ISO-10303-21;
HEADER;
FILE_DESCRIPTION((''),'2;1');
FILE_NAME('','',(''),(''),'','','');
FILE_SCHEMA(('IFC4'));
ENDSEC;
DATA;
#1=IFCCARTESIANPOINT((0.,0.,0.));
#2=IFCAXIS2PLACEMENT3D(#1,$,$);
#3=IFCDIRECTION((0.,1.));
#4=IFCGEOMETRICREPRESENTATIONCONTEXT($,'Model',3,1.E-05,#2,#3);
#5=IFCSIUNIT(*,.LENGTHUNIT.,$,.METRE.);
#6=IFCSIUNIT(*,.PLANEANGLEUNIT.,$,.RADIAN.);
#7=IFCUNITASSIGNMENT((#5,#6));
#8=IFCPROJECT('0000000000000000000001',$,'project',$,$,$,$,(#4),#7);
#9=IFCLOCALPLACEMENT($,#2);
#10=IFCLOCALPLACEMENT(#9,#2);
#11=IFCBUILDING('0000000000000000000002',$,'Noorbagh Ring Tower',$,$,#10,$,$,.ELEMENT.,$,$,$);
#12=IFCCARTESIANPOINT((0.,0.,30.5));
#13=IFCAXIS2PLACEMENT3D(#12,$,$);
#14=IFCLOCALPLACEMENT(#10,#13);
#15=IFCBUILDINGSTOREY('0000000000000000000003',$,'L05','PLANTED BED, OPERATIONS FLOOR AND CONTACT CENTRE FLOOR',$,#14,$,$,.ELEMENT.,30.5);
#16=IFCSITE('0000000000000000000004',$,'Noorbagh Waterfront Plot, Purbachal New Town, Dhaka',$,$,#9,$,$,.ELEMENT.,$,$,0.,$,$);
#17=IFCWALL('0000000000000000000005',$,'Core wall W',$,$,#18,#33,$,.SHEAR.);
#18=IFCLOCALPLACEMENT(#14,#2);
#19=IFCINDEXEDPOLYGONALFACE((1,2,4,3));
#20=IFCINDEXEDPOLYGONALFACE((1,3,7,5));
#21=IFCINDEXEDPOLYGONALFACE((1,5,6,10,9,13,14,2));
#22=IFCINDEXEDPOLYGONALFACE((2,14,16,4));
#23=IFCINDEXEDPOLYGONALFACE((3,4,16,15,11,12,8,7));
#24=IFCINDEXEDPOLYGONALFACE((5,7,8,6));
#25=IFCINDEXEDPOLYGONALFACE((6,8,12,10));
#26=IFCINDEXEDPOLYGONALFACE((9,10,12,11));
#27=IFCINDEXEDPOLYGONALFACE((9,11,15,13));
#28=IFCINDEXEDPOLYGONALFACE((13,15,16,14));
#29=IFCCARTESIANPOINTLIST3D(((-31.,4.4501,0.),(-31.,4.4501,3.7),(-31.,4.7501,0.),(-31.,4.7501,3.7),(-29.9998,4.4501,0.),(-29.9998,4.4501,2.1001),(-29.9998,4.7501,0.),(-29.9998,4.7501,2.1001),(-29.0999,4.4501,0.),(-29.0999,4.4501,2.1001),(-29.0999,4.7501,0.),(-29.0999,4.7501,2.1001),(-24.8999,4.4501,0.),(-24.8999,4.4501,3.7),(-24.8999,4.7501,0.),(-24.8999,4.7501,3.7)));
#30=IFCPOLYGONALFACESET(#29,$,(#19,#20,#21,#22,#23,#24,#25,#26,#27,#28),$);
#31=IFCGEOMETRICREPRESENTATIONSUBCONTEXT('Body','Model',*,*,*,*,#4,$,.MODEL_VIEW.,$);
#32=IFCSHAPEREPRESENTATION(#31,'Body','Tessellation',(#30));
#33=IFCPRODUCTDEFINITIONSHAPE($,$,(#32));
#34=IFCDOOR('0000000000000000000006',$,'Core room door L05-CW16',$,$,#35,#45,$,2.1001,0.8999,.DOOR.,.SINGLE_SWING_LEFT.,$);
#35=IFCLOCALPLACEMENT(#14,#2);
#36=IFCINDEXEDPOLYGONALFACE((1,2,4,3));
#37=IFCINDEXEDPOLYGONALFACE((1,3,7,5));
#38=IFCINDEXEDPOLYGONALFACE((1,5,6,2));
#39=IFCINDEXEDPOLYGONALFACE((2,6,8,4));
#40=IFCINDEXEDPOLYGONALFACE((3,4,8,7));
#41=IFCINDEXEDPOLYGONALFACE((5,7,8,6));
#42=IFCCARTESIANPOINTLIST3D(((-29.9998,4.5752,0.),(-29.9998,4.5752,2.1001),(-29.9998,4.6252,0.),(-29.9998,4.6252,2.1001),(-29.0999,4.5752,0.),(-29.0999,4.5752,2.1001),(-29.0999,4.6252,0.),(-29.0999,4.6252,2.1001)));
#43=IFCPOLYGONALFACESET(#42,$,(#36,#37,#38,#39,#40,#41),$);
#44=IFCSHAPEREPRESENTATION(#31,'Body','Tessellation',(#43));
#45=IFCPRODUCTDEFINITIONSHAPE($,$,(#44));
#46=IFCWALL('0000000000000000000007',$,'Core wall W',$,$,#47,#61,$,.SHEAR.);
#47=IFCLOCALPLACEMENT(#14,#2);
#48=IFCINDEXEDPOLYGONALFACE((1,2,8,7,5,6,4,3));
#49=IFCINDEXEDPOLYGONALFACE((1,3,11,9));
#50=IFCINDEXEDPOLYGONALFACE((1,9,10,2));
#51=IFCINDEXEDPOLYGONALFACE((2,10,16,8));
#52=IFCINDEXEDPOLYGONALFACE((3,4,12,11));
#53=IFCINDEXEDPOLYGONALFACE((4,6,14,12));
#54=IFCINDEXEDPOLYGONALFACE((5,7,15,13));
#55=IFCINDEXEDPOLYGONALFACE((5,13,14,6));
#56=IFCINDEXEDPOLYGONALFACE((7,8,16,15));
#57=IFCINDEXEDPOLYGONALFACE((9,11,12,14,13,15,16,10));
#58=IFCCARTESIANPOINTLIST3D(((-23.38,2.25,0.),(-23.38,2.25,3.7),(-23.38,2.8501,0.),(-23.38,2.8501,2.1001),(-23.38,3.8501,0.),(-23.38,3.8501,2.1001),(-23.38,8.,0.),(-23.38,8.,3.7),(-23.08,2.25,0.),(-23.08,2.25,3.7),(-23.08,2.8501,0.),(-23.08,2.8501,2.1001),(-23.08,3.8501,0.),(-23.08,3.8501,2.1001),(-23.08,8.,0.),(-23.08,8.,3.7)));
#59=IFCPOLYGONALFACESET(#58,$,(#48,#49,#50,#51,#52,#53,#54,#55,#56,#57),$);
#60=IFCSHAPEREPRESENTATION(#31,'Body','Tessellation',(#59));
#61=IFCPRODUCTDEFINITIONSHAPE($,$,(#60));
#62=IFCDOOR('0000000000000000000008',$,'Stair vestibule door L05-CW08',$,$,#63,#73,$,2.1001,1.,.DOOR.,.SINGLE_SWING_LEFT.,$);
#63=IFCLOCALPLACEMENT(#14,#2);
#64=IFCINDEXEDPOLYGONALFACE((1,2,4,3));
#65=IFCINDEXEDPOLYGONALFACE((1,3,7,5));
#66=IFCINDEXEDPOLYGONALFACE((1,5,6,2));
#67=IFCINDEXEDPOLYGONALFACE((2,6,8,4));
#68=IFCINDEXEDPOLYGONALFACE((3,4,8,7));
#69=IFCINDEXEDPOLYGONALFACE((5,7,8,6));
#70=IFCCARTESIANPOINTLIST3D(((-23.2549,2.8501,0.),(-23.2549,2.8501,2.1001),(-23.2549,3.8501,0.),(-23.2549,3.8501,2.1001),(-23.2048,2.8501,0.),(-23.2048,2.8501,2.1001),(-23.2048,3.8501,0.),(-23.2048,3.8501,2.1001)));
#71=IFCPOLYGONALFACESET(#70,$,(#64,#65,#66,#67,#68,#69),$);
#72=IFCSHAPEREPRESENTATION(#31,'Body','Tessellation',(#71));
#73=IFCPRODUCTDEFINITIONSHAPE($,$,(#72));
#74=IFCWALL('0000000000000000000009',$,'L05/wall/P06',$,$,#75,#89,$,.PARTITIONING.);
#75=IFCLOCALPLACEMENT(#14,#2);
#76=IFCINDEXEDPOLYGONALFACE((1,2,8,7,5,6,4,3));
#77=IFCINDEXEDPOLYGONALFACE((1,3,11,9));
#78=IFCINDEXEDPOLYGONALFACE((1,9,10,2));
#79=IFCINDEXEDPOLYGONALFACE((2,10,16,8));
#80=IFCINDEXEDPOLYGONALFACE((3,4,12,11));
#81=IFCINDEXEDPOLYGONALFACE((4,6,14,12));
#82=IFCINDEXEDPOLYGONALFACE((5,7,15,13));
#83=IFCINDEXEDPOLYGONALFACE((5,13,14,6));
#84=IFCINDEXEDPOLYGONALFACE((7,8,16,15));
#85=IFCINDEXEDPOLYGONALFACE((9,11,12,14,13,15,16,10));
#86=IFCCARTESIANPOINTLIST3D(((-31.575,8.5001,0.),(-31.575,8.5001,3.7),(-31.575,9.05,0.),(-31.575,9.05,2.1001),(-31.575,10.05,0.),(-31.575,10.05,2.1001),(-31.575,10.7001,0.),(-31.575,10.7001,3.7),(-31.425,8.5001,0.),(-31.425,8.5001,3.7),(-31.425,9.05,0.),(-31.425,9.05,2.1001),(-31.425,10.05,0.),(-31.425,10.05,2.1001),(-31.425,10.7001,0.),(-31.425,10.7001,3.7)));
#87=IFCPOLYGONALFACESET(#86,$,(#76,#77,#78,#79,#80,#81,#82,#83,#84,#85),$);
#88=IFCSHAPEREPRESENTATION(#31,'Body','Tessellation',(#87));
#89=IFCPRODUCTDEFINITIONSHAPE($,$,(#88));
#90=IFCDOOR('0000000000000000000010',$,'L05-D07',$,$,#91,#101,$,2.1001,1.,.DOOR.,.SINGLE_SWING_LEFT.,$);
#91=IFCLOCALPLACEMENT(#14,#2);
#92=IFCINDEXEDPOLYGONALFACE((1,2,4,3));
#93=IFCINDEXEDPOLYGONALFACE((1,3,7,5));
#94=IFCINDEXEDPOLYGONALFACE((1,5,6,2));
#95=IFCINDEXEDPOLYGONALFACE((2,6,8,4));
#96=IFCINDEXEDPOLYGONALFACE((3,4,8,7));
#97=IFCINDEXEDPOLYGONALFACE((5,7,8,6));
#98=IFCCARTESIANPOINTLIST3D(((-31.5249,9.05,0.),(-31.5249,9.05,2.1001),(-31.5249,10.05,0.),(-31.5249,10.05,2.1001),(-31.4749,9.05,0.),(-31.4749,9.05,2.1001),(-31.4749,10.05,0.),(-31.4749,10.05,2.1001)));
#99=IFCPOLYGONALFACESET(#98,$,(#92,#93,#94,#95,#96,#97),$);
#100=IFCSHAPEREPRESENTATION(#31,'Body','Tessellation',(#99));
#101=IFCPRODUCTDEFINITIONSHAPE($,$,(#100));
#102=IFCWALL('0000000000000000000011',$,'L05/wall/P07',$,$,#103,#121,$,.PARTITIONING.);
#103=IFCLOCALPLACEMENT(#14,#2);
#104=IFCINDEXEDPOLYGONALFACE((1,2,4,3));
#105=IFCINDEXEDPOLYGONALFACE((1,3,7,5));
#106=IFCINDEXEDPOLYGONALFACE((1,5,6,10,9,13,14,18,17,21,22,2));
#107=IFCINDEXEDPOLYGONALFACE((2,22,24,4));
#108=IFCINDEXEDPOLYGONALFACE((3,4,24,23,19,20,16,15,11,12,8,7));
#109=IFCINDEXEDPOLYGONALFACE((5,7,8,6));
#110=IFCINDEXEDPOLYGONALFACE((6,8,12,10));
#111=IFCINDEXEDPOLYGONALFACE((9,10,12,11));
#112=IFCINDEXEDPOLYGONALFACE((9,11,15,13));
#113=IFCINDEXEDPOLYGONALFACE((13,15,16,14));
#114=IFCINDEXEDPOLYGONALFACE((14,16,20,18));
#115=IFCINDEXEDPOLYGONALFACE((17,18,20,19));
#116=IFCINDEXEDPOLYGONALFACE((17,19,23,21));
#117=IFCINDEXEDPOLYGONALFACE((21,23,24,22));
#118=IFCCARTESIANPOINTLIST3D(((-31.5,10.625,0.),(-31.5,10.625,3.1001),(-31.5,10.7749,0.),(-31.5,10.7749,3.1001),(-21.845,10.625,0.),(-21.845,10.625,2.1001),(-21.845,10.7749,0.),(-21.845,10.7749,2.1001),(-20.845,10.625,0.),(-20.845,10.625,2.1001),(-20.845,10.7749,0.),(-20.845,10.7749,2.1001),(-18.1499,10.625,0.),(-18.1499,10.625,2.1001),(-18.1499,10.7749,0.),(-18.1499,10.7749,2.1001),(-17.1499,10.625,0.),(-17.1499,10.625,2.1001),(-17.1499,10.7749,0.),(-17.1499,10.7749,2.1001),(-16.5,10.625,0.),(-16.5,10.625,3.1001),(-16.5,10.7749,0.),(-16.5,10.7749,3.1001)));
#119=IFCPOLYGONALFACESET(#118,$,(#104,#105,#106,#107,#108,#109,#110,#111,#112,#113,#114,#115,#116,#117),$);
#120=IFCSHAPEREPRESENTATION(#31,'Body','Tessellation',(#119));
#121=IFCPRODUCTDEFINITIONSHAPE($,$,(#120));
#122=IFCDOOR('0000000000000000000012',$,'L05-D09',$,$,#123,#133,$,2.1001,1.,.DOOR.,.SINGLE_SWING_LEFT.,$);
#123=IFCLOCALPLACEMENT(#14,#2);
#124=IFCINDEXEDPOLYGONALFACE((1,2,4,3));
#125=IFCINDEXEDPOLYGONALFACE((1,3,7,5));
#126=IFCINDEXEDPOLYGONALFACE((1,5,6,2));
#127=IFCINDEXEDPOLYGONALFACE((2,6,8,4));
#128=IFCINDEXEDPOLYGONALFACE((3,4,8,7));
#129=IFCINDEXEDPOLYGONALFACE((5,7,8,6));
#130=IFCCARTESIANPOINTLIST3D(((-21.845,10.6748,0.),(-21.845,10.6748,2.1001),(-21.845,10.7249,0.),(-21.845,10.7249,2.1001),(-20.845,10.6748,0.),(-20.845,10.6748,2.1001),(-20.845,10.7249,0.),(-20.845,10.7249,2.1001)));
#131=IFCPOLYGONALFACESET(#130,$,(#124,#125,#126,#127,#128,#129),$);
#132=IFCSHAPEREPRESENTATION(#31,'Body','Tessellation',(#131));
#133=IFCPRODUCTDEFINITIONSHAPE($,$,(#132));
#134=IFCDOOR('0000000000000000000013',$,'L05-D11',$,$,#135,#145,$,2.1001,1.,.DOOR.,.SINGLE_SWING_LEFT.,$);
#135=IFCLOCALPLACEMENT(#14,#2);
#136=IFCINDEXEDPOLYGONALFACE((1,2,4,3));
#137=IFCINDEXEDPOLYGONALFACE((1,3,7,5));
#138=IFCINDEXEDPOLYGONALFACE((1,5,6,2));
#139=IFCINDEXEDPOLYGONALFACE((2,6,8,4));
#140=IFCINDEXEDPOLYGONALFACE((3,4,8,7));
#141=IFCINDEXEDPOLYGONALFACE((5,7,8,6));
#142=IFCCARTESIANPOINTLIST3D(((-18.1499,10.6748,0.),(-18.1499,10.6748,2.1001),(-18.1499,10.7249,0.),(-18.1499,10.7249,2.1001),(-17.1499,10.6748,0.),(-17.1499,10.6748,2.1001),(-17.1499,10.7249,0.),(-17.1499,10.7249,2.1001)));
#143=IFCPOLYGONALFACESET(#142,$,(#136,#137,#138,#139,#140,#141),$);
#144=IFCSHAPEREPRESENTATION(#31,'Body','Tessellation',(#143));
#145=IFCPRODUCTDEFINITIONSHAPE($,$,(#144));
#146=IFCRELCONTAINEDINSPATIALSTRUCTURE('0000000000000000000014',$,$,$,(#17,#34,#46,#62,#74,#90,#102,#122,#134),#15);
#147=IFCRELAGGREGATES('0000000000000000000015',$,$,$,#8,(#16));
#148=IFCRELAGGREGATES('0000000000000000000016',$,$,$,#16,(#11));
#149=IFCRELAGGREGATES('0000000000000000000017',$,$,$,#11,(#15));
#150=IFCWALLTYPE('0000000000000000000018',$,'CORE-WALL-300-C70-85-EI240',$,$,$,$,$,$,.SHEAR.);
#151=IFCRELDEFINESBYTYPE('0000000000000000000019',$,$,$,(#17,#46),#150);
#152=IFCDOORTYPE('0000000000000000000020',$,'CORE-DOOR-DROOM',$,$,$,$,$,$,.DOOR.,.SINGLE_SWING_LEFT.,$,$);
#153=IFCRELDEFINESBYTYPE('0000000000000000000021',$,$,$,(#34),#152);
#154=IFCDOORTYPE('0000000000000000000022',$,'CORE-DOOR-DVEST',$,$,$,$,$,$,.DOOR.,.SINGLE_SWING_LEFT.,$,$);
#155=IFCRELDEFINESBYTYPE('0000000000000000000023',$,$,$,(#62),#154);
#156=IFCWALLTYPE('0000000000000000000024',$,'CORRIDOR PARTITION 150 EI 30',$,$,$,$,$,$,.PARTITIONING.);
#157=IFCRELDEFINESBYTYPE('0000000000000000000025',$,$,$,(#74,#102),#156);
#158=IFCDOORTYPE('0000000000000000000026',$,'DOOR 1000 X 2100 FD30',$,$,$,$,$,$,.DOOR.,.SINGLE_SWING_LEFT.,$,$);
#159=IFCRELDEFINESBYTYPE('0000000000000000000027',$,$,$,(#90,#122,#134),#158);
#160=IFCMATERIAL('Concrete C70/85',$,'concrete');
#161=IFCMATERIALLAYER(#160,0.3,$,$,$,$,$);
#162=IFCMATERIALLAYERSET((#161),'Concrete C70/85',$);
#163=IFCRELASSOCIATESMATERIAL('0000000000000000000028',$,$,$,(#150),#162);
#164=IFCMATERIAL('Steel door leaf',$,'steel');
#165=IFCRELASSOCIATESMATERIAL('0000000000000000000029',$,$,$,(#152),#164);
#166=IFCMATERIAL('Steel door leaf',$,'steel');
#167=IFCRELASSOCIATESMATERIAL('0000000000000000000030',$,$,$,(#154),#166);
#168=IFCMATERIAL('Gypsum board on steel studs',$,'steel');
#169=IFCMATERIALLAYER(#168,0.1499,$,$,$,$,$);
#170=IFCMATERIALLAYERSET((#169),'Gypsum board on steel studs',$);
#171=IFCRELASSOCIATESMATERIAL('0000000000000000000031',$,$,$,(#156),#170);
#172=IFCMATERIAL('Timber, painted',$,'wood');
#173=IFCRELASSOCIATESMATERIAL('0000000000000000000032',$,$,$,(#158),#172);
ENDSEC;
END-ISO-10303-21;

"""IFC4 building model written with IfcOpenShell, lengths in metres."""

from ifc_helpers import new_model, si_unit, direction, frame, frame_2d, origin, place, context, subcontext, project, spatial, rectangle, extrude, material, layer, layer_set, type_object, element, fill, save


model = new_model("IFC4")

# Units and contexts
model_context = context("Model", 3, precision=1e-05, world=origin(), true_north=direction((0.0, 1.0)))
body_context = subcontext(model_context, "Body", "Model", "MODEL_VIEW")
ifc_project = project(units=[si_unit("LENGTHUNIT", "METRE"), si_unit("PLANEANGLEUNIT", "RADIAN")], contexts=[model_context])

# Site, building, storey
site_placement = place(None, origin())
site = spatial("IfcSite", under=ifc_project, at=site_placement, Name="Noorbagh Waterfront Plot, Purbachal New Town, Dhaka", CompositionType="ELEMENT", RefElevation=0.0)
building_placement = place(site_placement, origin())
building = spatial("IfcBuilding", under=site, at=building_placement, Name="Noorbagh Ring Tower", CompositionType="ELEMENT")
storey_placement = place(building_placement, frame((0.0, 0.0, 30.5)))
storey = spatial("IfcBuildingStorey", under=building, at=storey_placement, Name="L05", Description="PLANTED BED, OPERATIONS FLOOR AND CONTACT CENTRE FLOOR", CompositionType="ELEMENT", Elevation=30.5)

# Walls, openings, doors
ifc_material_1 = material(Name="Concrete C70/85", Category="concrete")
ifc_layer_1 = layer(ifc_material_1, 0.3)
ifc_layer_set_1 = layer_set([ifc_layer_1], Name="Concrete C70/85")
wall_type_1 = type_object("IfcWallType", Name="CORE-WALL-300-C70-85-EI240", PredefinedType="SHEAR", material=ifc_layer_set_1)
wall_1_placement = place(storey_placement, frame((-24.8999, 4.6001, 0.0), z_axis=(0.0, 0.0, 1.0), x_axis=(-1.0, 0.0, 0.0)))
wall_1 = element("IfcWall", 1, at=wall_1_placement, inside=storey, type_object=wall_type_1, Name="Core wall W", PredefinedType="SHEAR", context=body_context, shape_type="SweptSolid", body=[
    extrude(rectangle(XDim=6.1001, YDim=0.3, at=frame_2d((3.05, 0.0))), origin(), (0.0, 0.0, 1.0), 3.7),
])
opening_1_placement = place(wall_1_placement, frame((4.2, 0.0, 0.0)))
opening_1 = element("IfcOpeningElement", 2, at=opening_1_placement, cuts=wall_1, PredefinedType="OPENING", context=body_context, shape_type="SweptSolid", body=[
    extrude(rectangle(XDim=0.8999, YDim=2.1001, at=frame_2d((0.45, 1.05))), frame((0.0, 0.1602, 0.0), z_axis=(0.0, -1.0, 0.0), x_axis=(1.0, 0.0, 0.0)), (0.0, 0.0, 1.0), 0.3201),
])
ifc_material_2 = material(Name="Steel door leaf", Category="steel")
door_type_1 = type_object("IfcDoorType", Name="CORE-DOOR-DROOM", OperationType="SINGLE_SWING_LEFT", PredefinedType="DOOR", material=ifc_material_2)
door_1_placement = place(opening_1_placement, origin())
door_1 = element("IfcDoor", 3, at=door_1_placement, inside=storey, type_object=door_type_1, Name="Core room door L05-CW16", OperationType="SINGLE_SWING_LEFT", OverallHeight=2.1001, OverallWidth=0.8999, PredefinedType="DOOR", context=body_context, shape_type="SweptSolid", body=[
    extrude(rectangle(XDim=0.8999, YDim=2.1001, at=frame_2d((0.45, 1.05))), frame((0.0, 0.0249, 0.0), z_axis=(0.0, -1.0, 0.0), x_axis=(1.0, 0.0, 0.0)), (0.0, 0.0, 1.0), 0.05),
])
fill(opening_1, door_1)
wall_2_placement = place(storey_placement, frame((-23.23, 2.25, 0.0), z_axis=(0.0, 0.0, 1.0), x_axis=(0.0, 1.0, 0.0)))
wall_2 = element("IfcWall", 4, at=wall_2_placement, inside=storey, type_object=wall_type_1, Name="Core wall W", PredefinedType="SHEAR", context=body_context, shape_type="SweptSolid", body=[
    extrude(rectangle(XDim=5.75, YDim=0.3, at=frame_2d((2.875, 0.0))), origin(), (0.0, 0.0, 1.0), 3.7),
])
opening_2_placement = place(wall_2_placement, frame((0.6001, 0.0, 0.0)))
opening_2 = element("IfcOpeningElement", 5, at=opening_2_placement, cuts=wall_2, PredefinedType="OPENING", context=body_context, shape_type="SweptSolid", body=[
    extrude(rectangle(XDim=1.0, YDim=2.1001, at=frame_2d((0.5, 1.05))), frame((0.0, 0.1602, 0.0), z_axis=(0.0, -1.0, 0.0), x_axis=(1.0, 0.0, 0.0)), (0.0, 0.0, 1.0), 0.3201),
])
ifc_material_3 = material(Name="Steel door leaf", Category="steel")
door_type_2 = type_object("IfcDoorType", Name="CORE-DOOR-DVEST", OperationType="SINGLE_SWING_LEFT", PredefinedType="DOOR", material=ifc_material_3)
door_2_placement = place(opening_2_placement, origin())
door_2 = element("IfcDoor", 6, at=door_2_placement, inside=storey, type_object=door_type_2, Name="Stair vestibule door L05-CW08", OperationType="SINGLE_SWING_LEFT", OverallHeight=2.1001, OverallWidth=1.0, PredefinedType="DOOR", context=body_context, shape_type="SweptSolid", body=[
    extrude(rectangle(XDim=1.0, YDim=2.1001, at=frame_2d((0.5, 1.05))), frame((0.0, 0.0249, 0.0), z_axis=(0.0, -1.0, 0.0), x_axis=(1.0, 0.0, 0.0)), (0.0, 0.0, 1.0), 0.05),
])
fill(opening_2, door_2)
ifc_material_4 = material(Name="Gypsum board on steel studs", Category="steel")
ifc_layer_2 = layer(ifc_material_4, 0.1499)
ifc_layer_set_2 = layer_set([ifc_layer_2], Name="Gypsum board on steel studs")
wall_type_2 = type_object("IfcWallType", Name="CORRIDOR PARTITION 150 EI 30", PredefinedType="PARTITIONING", material=ifc_layer_set_2)
wall_3_placement = place(storey_placement, frame((-31.5, 8.5, 0.0), z_axis=(0.0, 0.0, 1.0), x_axis=(0.0, 1.0, 0.0)))
wall_3 = element("IfcWall", 7, at=wall_3_placement, inside=storey, type_object=wall_type_2, Name="L05/wall/P06", PredefinedType="PARTITIONING", context=body_context, shape_type="SweptSolid", body=[
    extrude(rectangle(XDim=2.2, YDim=0.1499, at=frame_2d((1.1001, 0.0))), origin(), (0.0, 0.0, 1.0), 3.7),
])
opening_3_placement = place(wall_3_placement, frame((0.55, 0.0, 0.0)))
opening_3 = element("IfcOpeningElement", 8, at=opening_3_placement, cuts=wall_3, PredefinedType="OPENING", context=body_context, shape_type="SweptSolid", body=[
    extrude(rectangle(XDim=1.0, YDim=2.1001, at=frame_2d((0.5, 1.05))), frame((0.0, 0.085, 0.0), z_axis=(0.0, -1.0, 0.0), x_axis=(1.0, 0.0, 0.0)), (0.0, 0.0, 1.0), 0.1699),
])
ifc_material_5 = material(Name="Timber, painted", Category="wood")
door_type_3 = type_object("IfcDoorType", Name="DOOR 1000 X 2100 FD30", OperationType="SINGLE_SWING_LEFT", PredefinedType="DOOR", material=ifc_material_5)
door_3_placement = place(opening_3_placement, origin())
door_3 = element("IfcDoor", 9, at=door_3_placement, inside=storey, type_object=door_type_3, Name="L05-D07", OperationType="SINGLE_SWING_LEFT", OverallHeight=2.1001, OverallWidth=1.0, PredefinedType="DOOR", context=body_context, shape_type="SweptSolid", body=[
    extrude(rectangle(XDim=1.0, YDim=2.1001, at=frame_2d((0.5, 1.05))), frame((0.0, 0.0249, 0.0), z_axis=(0.0, -1.0, 0.0), x_axis=(1.0, 0.0, 0.0)), (0.0, 0.0, 1.0), 0.05),
])
fill(opening_3, door_3)

# Wall, openings, doors
wall_4_placement = place(storey_placement, frame((-31.5, 10.7, 0.0), z_axis=(0.0, 0.0, 1.0), x_axis=(1.0, 0.0, 0.0)))
wall_4 = element("IfcWall", 10, at=wall_4_placement, inside=storey, type_object=wall_type_2, Name="L05/wall/P07", PredefinedType="PARTITIONING", context=body_context, shape_type="SweptSolid", body=[
    extrude(rectangle(XDim=15.0, YDim=0.1499, at=frame_2d((7.5, 0.0))), origin(), (0.0, 0.0, 1.0), 3.1001),
])
opening_4_placement = place(wall_4_placement, frame((9.655, 0.0, 0.0)))
opening_4 = element("IfcOpeningElement", 11, at=opening_4_placement, cuts=wall_4, PredefinedType="OPENING", context=body_context, shape_type="SweptSolid", body=[
    extrude(rectangle(XDim=1.0, YDim=2.1001, at=frame_2d((0.5, 1.05))), frame((0.0, 0.085, 0.0), z_axis=(0.0, -1.0, 0.0), x_axis=(1.0, 0.0, 0.0)), (0.0, 0.0, 1.0), 0.1699),
])
opening_5_placement = place(wall_4_placement, frame((13.3501, 0.0, 0.0)))
opening_5 = element("IfcOpeningElement", 12, at=opening_5_placement, cuts=wall_4, PredefinedType="OPENING", context=body_context, shape_type="SweptSolid", body=[
    extrude(rectangle(XDim=1.0, YDim=2.1001, at=frame_2d((0.5, 1.05))), frame((0.0, 0.085, 0.0), z_axis=(0.0, -1.0, 0.0), x_axis=(1.0, 0.0, 0.0)), (0.0, 0.0, 1.0), 0.1699),
])
door_4_placement = place(opening_4_placement, origin())
door_4 = element("IfcDoor", 13, at=door_4_placement, inside=storey, type_object=door_type_3, Name="L05-D09", OperationType="SINGLE_SWING_LEFT", OverallHeight=2.1001, OverallWidth=1.0, PredefinedType="DOOR", context=body_context, shape_type="SweptSolid", body=[
    extrude(rectangle(XDim=1.0, YDim=2.1001, at=frame_2d((0.5, 1.05))), frame((0.0, 0.0249, 0.0), z_axis=(0.0, -1.0, 0.0), x_axis=(1.0, 0.0, 0.0)), (0.0, 0.0, 1.0), 0.05),
])
fill(opening_4, door_4)
door_5_placement = place(opening_5_placement, origin())
door_5 = element("IfcDoor", 14, at=door_5_placement, inside=storey, type_object=door_type_3, Name="L05-D11", OperationType="SINGLE_SWING_LEFT", OverallHeight=2.1001, OverallWidth=1.0, PredefinedType="DOOR", context=body_context, shape_type="SweptSolid", body=[
    extrude(rectangle(XDim=1.0, YDim=2.1001, at=frame_2d((0.5, 1.05))), frame((0.0, 0.0249, 0.0), z_axis=(0.0, -1.0, 0.0), x_axis=(1.0, 0.0, 0.0)), (0.0, 0.0, 1.0), 0.05),
])
fill(opening_5, door_5)

save(model, "model.ifc")
